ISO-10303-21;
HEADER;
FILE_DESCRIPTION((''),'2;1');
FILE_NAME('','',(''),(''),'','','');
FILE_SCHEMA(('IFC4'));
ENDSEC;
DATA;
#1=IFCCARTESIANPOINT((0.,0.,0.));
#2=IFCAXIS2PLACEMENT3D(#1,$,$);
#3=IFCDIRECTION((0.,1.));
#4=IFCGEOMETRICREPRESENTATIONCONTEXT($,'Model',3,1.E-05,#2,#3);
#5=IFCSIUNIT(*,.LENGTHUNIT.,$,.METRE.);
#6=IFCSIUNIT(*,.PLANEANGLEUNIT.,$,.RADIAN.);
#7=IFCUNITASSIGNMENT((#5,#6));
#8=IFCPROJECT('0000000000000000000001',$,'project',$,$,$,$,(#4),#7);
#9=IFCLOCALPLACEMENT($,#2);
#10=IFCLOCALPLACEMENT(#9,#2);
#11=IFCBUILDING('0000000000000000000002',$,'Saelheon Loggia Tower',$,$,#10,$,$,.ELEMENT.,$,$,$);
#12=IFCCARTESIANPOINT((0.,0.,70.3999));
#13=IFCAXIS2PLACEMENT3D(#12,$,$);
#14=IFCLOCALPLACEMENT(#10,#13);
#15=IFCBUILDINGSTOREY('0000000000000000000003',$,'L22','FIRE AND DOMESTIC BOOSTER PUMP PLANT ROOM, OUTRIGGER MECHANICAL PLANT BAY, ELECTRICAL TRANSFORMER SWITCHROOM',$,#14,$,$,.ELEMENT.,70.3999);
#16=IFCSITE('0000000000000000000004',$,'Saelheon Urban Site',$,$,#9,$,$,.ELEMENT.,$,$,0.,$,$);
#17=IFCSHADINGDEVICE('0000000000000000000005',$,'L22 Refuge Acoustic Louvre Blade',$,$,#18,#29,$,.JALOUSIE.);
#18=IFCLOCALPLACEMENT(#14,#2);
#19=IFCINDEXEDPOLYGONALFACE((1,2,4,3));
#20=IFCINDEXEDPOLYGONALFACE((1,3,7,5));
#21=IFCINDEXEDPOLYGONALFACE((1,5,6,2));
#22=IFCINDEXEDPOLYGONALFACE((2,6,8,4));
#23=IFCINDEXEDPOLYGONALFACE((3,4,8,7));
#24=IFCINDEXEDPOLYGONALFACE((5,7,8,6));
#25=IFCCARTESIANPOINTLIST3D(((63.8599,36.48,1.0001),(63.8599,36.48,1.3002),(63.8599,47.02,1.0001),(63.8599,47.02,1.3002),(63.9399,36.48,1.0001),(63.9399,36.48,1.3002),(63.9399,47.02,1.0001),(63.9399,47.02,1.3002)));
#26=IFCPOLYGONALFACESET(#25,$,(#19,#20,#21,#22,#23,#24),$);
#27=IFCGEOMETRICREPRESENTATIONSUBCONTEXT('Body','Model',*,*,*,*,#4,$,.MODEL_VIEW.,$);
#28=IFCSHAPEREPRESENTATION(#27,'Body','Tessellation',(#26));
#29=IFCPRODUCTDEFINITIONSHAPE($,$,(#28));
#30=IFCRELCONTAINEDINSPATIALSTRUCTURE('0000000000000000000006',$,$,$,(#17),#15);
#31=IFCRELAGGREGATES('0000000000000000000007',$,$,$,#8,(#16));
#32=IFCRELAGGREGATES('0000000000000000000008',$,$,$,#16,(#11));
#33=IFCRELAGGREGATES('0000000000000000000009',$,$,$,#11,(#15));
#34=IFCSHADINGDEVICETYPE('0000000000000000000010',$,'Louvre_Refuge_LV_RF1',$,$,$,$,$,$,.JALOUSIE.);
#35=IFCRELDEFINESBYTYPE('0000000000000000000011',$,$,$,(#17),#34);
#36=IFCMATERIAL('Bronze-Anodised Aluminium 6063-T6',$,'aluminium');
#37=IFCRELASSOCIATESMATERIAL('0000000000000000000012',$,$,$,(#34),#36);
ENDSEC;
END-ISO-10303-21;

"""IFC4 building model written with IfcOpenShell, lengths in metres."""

from ifc_helpers import new_model, si_unit, direction, frame, origin, origin_2d, place, context, subcontext, project, spatial, rectangle, extrude, source, transform, mapped, material, material_profile, profile_set, type_object, element, save


model = new_model("IFC4")

# Units and contexts
model_context = context("Model", 3, precision=1e-05, world=origin(), true_north=direction((0.0, 1.0)))
body_context = subcontext(model_context, "Body", "Model", "MODEL_VIEW")
ifc_project = project(units=[si_unit("LENGTHUNIT", "METRE"), si_unit("PLANEANGLEUNIT", "RADIAN")], contexts=[model_context])

# Site, building, storey
site_placement = place(None, origin())
site = spatial("IfcSite", under=ifc_project, at=site_placement, Name="Saelheon Urban Site", CompositionType="ELEMENT", RefElevation=0.0)
building_placement = place(site_placement, origin())
building = spatial("IfcBuilding", under=site, at=building_placement, Name="Saelheon Loggia Tower", CompositionType="ELEMENT")
storey_placement = place(building_placement, frame((0.0, 0.0, 70.3999)))
storey = spatial("IfcBuildingStorey", under=building, at=storey_placement, Name="L22", Description="FIRE AND DOMESTIC BOOSTER PUMP PLANT ROOM, OUTRIGGER MECHANICAL PLANT BAY, ELECTRICAL TRANSFORMER SWITCHROOM", CompositionType="ELEMENT", Elevation=70.3999)

# Shading device
ifc_material_1 = material(Name="Bronze-Anodised Aluminium 6063-T6", Category="aluminium")
ifc_material_profile_1 = material_profile(ifc_material_1, rectangle(XDim=0.0801, YDim=0.3, at=origin_2d()), Name="Louvre_Refuge_LV_RF1")
ifc_profile_set_1 = profile_set([ifc_material_profile_1], Name="Bronze-Anodised Aluminium 6063-T6")
shading_device_type = type_object("IfcShadingDeviceType", Name="Louvre_Refuge_LV_RF1", PredefinedType="JALOUSIE", material=ifc_profile_set_1)
shared_shape_1 = source(origin(), body_context, "Body", "SweptSolid", [
    extrude(rectangle(XDim=0.0801, YDim=0.3, at=origin_2d()), origin(), (0.0, 0.0, 1.0), 10.54),
])
shading_device_placement = place(storey_placement, frame((63.8999, 36.48, 1.1501), z_axis=(0.0, 1.0, 0.0), x_axis=(-1.0, 0.0, 0.0)))
element("IfcShadingDevice", 1, at=shading_device_placement, inside=storey, type_object=shading_device_type, Name="L22 Refuge Acoustic Louvre Blade", PredefinedType="JALOUSIE", context=body_context, shape_type="MappedRepresentation", body=[
    mapped(shared_shape_1, transform((0.0, 0.0, 0.0), scale=1.0)),
])

save(model, "model.ifc")
